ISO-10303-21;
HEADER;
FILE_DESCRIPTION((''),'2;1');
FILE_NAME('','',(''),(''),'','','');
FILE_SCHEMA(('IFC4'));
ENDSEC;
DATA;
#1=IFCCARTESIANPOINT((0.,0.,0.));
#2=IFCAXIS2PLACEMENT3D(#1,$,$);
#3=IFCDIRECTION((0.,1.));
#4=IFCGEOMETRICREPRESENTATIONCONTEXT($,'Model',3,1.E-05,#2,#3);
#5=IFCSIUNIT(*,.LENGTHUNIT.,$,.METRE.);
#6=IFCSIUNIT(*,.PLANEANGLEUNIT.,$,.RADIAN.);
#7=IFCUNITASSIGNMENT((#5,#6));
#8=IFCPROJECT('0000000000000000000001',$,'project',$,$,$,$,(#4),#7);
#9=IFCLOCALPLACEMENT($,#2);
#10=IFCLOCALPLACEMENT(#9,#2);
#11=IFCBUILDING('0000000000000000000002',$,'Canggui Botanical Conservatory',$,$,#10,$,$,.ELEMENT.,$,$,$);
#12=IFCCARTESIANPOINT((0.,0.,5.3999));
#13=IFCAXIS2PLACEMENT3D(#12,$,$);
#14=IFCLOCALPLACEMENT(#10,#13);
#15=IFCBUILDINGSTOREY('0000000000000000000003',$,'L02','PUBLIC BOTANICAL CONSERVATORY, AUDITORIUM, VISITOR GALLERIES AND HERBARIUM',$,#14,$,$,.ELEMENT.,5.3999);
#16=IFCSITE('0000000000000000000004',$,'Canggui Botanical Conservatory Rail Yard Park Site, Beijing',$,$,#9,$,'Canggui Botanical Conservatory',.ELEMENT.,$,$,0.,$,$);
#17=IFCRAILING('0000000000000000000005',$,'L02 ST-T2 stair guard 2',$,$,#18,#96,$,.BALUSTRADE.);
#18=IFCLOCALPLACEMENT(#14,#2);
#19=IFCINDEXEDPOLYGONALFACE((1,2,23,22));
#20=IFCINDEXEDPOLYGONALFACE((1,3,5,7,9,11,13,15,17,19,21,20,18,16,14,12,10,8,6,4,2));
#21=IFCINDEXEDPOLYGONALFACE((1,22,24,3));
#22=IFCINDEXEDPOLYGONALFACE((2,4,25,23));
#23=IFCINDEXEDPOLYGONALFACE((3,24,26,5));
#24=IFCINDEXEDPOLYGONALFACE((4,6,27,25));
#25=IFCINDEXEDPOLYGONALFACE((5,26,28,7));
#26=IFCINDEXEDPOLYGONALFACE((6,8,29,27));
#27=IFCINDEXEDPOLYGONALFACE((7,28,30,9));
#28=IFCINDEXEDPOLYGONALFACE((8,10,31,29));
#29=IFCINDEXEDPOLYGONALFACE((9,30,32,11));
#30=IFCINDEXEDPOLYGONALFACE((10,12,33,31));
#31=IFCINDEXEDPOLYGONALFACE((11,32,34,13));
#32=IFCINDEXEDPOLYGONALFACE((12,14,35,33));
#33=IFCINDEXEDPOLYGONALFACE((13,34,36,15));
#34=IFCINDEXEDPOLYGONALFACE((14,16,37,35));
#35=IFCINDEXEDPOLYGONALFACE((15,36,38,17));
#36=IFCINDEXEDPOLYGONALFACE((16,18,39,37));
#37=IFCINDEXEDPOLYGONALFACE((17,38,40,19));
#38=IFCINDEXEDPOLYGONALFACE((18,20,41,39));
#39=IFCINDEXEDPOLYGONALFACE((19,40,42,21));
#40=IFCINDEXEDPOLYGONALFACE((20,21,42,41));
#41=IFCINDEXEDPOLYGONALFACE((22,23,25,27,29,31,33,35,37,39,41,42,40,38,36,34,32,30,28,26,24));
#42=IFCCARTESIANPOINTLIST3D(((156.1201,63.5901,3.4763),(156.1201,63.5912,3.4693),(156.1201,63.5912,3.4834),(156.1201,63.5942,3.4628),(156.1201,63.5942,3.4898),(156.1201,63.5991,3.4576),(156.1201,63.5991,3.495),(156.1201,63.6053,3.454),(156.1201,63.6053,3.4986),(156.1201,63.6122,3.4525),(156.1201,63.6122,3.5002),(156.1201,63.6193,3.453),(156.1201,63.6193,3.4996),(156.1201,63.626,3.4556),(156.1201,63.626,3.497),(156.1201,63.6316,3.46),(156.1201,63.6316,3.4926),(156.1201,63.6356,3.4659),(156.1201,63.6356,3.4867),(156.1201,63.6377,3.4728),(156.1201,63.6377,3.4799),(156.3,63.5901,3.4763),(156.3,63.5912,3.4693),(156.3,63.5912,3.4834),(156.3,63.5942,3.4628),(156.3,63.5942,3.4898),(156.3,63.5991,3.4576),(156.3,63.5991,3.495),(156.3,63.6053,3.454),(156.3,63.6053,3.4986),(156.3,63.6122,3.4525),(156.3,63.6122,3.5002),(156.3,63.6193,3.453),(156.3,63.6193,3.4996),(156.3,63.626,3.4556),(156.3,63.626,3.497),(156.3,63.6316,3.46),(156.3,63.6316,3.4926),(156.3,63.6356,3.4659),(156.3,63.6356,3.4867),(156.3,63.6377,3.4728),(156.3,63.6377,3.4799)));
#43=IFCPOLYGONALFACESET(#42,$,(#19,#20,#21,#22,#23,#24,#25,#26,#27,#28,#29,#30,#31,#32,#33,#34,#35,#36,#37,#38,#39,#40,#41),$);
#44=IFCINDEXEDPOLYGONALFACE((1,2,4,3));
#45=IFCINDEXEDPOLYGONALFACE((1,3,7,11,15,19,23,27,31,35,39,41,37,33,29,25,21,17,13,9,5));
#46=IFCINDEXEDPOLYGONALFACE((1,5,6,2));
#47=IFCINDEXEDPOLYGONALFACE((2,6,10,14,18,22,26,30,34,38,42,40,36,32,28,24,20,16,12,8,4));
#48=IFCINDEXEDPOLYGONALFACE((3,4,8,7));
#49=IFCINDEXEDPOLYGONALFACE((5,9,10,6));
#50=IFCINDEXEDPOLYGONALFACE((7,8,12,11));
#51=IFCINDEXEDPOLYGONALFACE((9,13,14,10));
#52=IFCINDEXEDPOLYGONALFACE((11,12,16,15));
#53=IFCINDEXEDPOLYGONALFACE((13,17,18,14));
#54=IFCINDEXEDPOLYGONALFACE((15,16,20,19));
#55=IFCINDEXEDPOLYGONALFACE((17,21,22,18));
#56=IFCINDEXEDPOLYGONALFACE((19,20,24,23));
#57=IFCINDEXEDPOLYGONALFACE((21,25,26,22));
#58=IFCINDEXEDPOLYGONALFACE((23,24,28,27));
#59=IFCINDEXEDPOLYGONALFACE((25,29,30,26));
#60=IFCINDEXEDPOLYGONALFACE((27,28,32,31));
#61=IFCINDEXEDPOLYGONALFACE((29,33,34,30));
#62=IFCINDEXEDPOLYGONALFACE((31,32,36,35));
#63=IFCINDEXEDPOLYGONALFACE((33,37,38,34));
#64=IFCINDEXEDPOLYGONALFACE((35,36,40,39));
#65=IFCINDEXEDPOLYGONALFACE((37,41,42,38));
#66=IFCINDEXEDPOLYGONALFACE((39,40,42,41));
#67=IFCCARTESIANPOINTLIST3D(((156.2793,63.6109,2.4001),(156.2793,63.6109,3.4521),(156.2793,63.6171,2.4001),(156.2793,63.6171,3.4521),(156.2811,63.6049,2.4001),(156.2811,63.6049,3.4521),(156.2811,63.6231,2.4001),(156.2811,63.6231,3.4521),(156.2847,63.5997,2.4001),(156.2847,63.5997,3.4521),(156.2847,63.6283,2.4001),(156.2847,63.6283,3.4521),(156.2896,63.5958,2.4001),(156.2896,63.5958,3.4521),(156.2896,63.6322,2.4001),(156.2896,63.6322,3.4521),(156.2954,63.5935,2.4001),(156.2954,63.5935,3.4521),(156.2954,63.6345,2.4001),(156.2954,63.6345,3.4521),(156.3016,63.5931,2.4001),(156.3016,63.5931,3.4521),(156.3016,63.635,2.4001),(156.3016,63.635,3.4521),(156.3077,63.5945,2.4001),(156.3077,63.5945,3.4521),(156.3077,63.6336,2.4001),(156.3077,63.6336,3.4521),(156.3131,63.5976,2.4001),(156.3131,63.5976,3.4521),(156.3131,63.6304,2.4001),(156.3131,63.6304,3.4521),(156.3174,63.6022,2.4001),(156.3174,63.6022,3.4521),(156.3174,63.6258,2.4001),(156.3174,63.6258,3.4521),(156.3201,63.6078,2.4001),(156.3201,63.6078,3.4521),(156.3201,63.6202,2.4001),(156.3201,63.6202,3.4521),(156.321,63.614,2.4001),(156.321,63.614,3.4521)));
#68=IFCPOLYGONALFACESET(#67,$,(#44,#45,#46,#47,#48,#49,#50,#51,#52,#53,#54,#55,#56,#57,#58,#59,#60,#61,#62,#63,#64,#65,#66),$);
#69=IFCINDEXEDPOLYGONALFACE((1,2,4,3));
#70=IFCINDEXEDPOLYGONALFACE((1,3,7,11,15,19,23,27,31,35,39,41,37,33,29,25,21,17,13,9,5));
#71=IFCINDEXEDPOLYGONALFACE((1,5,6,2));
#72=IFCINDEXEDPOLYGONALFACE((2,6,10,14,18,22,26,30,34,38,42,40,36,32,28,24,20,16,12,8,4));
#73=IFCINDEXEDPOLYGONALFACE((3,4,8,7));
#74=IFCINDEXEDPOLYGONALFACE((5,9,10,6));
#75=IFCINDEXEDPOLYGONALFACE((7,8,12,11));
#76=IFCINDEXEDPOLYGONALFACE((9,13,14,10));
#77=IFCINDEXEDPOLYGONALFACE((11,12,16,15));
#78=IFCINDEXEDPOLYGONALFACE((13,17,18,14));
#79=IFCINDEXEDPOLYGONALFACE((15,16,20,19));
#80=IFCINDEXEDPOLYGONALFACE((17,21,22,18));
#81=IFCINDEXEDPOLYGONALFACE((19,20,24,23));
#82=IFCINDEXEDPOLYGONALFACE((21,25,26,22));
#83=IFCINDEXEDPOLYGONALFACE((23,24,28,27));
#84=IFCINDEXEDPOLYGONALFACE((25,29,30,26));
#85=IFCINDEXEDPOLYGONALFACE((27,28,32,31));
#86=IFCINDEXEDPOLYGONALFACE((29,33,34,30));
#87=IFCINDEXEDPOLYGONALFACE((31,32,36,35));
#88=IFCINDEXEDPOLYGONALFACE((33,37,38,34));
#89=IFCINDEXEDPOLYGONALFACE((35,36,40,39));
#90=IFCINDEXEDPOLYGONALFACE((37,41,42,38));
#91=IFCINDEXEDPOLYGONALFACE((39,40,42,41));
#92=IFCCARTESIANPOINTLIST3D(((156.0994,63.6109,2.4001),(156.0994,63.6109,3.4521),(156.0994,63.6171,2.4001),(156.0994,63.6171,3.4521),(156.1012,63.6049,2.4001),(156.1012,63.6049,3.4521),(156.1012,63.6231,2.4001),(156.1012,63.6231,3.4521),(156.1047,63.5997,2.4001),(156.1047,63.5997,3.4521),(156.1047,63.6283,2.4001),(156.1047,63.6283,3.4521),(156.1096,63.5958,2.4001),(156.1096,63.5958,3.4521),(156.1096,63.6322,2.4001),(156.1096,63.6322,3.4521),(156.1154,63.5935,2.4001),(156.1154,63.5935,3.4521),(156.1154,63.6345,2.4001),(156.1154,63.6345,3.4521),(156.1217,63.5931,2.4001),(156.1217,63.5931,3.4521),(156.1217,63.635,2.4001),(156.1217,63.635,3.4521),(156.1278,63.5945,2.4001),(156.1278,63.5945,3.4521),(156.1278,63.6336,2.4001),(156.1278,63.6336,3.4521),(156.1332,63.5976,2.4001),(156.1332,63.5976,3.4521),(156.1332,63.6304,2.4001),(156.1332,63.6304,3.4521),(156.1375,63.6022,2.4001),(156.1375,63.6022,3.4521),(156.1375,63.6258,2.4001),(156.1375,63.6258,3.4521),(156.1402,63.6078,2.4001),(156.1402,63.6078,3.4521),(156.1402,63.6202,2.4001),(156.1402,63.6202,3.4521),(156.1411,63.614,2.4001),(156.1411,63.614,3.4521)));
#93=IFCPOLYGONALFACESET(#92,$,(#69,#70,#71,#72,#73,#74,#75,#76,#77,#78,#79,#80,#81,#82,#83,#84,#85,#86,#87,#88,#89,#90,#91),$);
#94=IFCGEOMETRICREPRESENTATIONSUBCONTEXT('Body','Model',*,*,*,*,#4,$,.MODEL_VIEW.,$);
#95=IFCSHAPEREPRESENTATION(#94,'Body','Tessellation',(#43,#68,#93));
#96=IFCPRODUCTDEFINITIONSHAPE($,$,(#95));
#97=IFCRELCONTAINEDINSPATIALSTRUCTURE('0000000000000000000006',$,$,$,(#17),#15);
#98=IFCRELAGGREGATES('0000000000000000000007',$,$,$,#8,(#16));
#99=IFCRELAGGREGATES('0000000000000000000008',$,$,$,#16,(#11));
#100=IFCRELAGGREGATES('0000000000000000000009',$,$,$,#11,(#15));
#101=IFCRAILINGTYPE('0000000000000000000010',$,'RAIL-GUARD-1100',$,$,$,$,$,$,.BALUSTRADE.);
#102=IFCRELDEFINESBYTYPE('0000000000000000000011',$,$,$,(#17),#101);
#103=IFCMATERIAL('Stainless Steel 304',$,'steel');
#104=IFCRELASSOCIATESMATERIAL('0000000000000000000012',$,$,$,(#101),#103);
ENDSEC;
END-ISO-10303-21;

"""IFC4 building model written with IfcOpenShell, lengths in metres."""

from ifc_helpers import new_model, si_unit, direction, frame, origin, origin_2d, place, context, subcontext, project, spatial, circle, extrude, material, type_object, element, save


model = new_model("IFC4")

# Units and contexts
model_context = context("Model", 3, precision=1e-05, world=origin(), true_north=direction((0.0, 1.0)))
body_context = subcontext(model_context, "Body", "Model", "MODEL_VIEW")
ifc_project = project(units=[si_unit("LENGTHUNIT", "METRE"), si_unit("PLANEANGLEUNIT", "RADIAN")], contexts=[model_context])

# Site, building, storey
site_placement = place(None, origin())
site = spatial("IfcSite", under=ifc_project, at=site_placement, Name="Canggui Botanical Conservatory Rail Yard Park Site, Beijing", LongName="Canggui Botanical Conservatory", CompositionType="ELEMENT", RefElevation=0.0)
building_placement = place(site_placement, origin())
building = spatial("IfcBuilding", under=site, at=building_placement, Name="Canggui Botanical Conservatory", CompositionType="ELEMENT")
storey_placement = place(building_placement, frame((0.0, 0.0, 5.3999)))
storey = spatial("IfcBuildingStorey", under=building, at=storey_placement, Name="L02", Description="PUBLIC BOTANICAL CONSERVATORY, AUDITORIUM, VISITOR GALLERIES AND HERBARIUM", CompositionType="ELEMENT", Elevation=5.3999)

# Shared definitions
ifc_material_1 = material(Name="Stainless Steel 304", Category="steel")

# Railing
railing_type_1 = type_object("IfcRailingType", Name="RAIL-GUARD-1100", PredefinedType="BALUSTRADE", material=ifc_material_1)
railing_1_placement = place(storey_placement, frame((156.3, 63.614, 2.4001)))
element("IfcRailing", 1, at=railing_1_placement, inside=storey, type_object=railing_type_1, Name="L02 ST-T2 stair guard 2", PredefinedType="BALUSTRADE", context=body_context, shape_type="SweptSolid", body=[
    extrude(circle(Radius=0.0239, at=origin_2d()), frame((0.0, 0.0, 1.0762), z_axis=(-1.0, 0.0, 0.0), x_axis=(0.0, -1.0, 0.0)), (0.0, 0.0, 1.0), 0.1799),
    extrude(circle(Radius=0.021, at=origin_2d()), origin(), (0.0, 0.0, 1.0), 1.052),
    extrude(circle(Radius=0.021, at=origin_2d()), frame((-0.1799, 0.0, 0.0)), (0.0, 0.0, 1.0), 1.052),
])

save(model, "model.ifc")
